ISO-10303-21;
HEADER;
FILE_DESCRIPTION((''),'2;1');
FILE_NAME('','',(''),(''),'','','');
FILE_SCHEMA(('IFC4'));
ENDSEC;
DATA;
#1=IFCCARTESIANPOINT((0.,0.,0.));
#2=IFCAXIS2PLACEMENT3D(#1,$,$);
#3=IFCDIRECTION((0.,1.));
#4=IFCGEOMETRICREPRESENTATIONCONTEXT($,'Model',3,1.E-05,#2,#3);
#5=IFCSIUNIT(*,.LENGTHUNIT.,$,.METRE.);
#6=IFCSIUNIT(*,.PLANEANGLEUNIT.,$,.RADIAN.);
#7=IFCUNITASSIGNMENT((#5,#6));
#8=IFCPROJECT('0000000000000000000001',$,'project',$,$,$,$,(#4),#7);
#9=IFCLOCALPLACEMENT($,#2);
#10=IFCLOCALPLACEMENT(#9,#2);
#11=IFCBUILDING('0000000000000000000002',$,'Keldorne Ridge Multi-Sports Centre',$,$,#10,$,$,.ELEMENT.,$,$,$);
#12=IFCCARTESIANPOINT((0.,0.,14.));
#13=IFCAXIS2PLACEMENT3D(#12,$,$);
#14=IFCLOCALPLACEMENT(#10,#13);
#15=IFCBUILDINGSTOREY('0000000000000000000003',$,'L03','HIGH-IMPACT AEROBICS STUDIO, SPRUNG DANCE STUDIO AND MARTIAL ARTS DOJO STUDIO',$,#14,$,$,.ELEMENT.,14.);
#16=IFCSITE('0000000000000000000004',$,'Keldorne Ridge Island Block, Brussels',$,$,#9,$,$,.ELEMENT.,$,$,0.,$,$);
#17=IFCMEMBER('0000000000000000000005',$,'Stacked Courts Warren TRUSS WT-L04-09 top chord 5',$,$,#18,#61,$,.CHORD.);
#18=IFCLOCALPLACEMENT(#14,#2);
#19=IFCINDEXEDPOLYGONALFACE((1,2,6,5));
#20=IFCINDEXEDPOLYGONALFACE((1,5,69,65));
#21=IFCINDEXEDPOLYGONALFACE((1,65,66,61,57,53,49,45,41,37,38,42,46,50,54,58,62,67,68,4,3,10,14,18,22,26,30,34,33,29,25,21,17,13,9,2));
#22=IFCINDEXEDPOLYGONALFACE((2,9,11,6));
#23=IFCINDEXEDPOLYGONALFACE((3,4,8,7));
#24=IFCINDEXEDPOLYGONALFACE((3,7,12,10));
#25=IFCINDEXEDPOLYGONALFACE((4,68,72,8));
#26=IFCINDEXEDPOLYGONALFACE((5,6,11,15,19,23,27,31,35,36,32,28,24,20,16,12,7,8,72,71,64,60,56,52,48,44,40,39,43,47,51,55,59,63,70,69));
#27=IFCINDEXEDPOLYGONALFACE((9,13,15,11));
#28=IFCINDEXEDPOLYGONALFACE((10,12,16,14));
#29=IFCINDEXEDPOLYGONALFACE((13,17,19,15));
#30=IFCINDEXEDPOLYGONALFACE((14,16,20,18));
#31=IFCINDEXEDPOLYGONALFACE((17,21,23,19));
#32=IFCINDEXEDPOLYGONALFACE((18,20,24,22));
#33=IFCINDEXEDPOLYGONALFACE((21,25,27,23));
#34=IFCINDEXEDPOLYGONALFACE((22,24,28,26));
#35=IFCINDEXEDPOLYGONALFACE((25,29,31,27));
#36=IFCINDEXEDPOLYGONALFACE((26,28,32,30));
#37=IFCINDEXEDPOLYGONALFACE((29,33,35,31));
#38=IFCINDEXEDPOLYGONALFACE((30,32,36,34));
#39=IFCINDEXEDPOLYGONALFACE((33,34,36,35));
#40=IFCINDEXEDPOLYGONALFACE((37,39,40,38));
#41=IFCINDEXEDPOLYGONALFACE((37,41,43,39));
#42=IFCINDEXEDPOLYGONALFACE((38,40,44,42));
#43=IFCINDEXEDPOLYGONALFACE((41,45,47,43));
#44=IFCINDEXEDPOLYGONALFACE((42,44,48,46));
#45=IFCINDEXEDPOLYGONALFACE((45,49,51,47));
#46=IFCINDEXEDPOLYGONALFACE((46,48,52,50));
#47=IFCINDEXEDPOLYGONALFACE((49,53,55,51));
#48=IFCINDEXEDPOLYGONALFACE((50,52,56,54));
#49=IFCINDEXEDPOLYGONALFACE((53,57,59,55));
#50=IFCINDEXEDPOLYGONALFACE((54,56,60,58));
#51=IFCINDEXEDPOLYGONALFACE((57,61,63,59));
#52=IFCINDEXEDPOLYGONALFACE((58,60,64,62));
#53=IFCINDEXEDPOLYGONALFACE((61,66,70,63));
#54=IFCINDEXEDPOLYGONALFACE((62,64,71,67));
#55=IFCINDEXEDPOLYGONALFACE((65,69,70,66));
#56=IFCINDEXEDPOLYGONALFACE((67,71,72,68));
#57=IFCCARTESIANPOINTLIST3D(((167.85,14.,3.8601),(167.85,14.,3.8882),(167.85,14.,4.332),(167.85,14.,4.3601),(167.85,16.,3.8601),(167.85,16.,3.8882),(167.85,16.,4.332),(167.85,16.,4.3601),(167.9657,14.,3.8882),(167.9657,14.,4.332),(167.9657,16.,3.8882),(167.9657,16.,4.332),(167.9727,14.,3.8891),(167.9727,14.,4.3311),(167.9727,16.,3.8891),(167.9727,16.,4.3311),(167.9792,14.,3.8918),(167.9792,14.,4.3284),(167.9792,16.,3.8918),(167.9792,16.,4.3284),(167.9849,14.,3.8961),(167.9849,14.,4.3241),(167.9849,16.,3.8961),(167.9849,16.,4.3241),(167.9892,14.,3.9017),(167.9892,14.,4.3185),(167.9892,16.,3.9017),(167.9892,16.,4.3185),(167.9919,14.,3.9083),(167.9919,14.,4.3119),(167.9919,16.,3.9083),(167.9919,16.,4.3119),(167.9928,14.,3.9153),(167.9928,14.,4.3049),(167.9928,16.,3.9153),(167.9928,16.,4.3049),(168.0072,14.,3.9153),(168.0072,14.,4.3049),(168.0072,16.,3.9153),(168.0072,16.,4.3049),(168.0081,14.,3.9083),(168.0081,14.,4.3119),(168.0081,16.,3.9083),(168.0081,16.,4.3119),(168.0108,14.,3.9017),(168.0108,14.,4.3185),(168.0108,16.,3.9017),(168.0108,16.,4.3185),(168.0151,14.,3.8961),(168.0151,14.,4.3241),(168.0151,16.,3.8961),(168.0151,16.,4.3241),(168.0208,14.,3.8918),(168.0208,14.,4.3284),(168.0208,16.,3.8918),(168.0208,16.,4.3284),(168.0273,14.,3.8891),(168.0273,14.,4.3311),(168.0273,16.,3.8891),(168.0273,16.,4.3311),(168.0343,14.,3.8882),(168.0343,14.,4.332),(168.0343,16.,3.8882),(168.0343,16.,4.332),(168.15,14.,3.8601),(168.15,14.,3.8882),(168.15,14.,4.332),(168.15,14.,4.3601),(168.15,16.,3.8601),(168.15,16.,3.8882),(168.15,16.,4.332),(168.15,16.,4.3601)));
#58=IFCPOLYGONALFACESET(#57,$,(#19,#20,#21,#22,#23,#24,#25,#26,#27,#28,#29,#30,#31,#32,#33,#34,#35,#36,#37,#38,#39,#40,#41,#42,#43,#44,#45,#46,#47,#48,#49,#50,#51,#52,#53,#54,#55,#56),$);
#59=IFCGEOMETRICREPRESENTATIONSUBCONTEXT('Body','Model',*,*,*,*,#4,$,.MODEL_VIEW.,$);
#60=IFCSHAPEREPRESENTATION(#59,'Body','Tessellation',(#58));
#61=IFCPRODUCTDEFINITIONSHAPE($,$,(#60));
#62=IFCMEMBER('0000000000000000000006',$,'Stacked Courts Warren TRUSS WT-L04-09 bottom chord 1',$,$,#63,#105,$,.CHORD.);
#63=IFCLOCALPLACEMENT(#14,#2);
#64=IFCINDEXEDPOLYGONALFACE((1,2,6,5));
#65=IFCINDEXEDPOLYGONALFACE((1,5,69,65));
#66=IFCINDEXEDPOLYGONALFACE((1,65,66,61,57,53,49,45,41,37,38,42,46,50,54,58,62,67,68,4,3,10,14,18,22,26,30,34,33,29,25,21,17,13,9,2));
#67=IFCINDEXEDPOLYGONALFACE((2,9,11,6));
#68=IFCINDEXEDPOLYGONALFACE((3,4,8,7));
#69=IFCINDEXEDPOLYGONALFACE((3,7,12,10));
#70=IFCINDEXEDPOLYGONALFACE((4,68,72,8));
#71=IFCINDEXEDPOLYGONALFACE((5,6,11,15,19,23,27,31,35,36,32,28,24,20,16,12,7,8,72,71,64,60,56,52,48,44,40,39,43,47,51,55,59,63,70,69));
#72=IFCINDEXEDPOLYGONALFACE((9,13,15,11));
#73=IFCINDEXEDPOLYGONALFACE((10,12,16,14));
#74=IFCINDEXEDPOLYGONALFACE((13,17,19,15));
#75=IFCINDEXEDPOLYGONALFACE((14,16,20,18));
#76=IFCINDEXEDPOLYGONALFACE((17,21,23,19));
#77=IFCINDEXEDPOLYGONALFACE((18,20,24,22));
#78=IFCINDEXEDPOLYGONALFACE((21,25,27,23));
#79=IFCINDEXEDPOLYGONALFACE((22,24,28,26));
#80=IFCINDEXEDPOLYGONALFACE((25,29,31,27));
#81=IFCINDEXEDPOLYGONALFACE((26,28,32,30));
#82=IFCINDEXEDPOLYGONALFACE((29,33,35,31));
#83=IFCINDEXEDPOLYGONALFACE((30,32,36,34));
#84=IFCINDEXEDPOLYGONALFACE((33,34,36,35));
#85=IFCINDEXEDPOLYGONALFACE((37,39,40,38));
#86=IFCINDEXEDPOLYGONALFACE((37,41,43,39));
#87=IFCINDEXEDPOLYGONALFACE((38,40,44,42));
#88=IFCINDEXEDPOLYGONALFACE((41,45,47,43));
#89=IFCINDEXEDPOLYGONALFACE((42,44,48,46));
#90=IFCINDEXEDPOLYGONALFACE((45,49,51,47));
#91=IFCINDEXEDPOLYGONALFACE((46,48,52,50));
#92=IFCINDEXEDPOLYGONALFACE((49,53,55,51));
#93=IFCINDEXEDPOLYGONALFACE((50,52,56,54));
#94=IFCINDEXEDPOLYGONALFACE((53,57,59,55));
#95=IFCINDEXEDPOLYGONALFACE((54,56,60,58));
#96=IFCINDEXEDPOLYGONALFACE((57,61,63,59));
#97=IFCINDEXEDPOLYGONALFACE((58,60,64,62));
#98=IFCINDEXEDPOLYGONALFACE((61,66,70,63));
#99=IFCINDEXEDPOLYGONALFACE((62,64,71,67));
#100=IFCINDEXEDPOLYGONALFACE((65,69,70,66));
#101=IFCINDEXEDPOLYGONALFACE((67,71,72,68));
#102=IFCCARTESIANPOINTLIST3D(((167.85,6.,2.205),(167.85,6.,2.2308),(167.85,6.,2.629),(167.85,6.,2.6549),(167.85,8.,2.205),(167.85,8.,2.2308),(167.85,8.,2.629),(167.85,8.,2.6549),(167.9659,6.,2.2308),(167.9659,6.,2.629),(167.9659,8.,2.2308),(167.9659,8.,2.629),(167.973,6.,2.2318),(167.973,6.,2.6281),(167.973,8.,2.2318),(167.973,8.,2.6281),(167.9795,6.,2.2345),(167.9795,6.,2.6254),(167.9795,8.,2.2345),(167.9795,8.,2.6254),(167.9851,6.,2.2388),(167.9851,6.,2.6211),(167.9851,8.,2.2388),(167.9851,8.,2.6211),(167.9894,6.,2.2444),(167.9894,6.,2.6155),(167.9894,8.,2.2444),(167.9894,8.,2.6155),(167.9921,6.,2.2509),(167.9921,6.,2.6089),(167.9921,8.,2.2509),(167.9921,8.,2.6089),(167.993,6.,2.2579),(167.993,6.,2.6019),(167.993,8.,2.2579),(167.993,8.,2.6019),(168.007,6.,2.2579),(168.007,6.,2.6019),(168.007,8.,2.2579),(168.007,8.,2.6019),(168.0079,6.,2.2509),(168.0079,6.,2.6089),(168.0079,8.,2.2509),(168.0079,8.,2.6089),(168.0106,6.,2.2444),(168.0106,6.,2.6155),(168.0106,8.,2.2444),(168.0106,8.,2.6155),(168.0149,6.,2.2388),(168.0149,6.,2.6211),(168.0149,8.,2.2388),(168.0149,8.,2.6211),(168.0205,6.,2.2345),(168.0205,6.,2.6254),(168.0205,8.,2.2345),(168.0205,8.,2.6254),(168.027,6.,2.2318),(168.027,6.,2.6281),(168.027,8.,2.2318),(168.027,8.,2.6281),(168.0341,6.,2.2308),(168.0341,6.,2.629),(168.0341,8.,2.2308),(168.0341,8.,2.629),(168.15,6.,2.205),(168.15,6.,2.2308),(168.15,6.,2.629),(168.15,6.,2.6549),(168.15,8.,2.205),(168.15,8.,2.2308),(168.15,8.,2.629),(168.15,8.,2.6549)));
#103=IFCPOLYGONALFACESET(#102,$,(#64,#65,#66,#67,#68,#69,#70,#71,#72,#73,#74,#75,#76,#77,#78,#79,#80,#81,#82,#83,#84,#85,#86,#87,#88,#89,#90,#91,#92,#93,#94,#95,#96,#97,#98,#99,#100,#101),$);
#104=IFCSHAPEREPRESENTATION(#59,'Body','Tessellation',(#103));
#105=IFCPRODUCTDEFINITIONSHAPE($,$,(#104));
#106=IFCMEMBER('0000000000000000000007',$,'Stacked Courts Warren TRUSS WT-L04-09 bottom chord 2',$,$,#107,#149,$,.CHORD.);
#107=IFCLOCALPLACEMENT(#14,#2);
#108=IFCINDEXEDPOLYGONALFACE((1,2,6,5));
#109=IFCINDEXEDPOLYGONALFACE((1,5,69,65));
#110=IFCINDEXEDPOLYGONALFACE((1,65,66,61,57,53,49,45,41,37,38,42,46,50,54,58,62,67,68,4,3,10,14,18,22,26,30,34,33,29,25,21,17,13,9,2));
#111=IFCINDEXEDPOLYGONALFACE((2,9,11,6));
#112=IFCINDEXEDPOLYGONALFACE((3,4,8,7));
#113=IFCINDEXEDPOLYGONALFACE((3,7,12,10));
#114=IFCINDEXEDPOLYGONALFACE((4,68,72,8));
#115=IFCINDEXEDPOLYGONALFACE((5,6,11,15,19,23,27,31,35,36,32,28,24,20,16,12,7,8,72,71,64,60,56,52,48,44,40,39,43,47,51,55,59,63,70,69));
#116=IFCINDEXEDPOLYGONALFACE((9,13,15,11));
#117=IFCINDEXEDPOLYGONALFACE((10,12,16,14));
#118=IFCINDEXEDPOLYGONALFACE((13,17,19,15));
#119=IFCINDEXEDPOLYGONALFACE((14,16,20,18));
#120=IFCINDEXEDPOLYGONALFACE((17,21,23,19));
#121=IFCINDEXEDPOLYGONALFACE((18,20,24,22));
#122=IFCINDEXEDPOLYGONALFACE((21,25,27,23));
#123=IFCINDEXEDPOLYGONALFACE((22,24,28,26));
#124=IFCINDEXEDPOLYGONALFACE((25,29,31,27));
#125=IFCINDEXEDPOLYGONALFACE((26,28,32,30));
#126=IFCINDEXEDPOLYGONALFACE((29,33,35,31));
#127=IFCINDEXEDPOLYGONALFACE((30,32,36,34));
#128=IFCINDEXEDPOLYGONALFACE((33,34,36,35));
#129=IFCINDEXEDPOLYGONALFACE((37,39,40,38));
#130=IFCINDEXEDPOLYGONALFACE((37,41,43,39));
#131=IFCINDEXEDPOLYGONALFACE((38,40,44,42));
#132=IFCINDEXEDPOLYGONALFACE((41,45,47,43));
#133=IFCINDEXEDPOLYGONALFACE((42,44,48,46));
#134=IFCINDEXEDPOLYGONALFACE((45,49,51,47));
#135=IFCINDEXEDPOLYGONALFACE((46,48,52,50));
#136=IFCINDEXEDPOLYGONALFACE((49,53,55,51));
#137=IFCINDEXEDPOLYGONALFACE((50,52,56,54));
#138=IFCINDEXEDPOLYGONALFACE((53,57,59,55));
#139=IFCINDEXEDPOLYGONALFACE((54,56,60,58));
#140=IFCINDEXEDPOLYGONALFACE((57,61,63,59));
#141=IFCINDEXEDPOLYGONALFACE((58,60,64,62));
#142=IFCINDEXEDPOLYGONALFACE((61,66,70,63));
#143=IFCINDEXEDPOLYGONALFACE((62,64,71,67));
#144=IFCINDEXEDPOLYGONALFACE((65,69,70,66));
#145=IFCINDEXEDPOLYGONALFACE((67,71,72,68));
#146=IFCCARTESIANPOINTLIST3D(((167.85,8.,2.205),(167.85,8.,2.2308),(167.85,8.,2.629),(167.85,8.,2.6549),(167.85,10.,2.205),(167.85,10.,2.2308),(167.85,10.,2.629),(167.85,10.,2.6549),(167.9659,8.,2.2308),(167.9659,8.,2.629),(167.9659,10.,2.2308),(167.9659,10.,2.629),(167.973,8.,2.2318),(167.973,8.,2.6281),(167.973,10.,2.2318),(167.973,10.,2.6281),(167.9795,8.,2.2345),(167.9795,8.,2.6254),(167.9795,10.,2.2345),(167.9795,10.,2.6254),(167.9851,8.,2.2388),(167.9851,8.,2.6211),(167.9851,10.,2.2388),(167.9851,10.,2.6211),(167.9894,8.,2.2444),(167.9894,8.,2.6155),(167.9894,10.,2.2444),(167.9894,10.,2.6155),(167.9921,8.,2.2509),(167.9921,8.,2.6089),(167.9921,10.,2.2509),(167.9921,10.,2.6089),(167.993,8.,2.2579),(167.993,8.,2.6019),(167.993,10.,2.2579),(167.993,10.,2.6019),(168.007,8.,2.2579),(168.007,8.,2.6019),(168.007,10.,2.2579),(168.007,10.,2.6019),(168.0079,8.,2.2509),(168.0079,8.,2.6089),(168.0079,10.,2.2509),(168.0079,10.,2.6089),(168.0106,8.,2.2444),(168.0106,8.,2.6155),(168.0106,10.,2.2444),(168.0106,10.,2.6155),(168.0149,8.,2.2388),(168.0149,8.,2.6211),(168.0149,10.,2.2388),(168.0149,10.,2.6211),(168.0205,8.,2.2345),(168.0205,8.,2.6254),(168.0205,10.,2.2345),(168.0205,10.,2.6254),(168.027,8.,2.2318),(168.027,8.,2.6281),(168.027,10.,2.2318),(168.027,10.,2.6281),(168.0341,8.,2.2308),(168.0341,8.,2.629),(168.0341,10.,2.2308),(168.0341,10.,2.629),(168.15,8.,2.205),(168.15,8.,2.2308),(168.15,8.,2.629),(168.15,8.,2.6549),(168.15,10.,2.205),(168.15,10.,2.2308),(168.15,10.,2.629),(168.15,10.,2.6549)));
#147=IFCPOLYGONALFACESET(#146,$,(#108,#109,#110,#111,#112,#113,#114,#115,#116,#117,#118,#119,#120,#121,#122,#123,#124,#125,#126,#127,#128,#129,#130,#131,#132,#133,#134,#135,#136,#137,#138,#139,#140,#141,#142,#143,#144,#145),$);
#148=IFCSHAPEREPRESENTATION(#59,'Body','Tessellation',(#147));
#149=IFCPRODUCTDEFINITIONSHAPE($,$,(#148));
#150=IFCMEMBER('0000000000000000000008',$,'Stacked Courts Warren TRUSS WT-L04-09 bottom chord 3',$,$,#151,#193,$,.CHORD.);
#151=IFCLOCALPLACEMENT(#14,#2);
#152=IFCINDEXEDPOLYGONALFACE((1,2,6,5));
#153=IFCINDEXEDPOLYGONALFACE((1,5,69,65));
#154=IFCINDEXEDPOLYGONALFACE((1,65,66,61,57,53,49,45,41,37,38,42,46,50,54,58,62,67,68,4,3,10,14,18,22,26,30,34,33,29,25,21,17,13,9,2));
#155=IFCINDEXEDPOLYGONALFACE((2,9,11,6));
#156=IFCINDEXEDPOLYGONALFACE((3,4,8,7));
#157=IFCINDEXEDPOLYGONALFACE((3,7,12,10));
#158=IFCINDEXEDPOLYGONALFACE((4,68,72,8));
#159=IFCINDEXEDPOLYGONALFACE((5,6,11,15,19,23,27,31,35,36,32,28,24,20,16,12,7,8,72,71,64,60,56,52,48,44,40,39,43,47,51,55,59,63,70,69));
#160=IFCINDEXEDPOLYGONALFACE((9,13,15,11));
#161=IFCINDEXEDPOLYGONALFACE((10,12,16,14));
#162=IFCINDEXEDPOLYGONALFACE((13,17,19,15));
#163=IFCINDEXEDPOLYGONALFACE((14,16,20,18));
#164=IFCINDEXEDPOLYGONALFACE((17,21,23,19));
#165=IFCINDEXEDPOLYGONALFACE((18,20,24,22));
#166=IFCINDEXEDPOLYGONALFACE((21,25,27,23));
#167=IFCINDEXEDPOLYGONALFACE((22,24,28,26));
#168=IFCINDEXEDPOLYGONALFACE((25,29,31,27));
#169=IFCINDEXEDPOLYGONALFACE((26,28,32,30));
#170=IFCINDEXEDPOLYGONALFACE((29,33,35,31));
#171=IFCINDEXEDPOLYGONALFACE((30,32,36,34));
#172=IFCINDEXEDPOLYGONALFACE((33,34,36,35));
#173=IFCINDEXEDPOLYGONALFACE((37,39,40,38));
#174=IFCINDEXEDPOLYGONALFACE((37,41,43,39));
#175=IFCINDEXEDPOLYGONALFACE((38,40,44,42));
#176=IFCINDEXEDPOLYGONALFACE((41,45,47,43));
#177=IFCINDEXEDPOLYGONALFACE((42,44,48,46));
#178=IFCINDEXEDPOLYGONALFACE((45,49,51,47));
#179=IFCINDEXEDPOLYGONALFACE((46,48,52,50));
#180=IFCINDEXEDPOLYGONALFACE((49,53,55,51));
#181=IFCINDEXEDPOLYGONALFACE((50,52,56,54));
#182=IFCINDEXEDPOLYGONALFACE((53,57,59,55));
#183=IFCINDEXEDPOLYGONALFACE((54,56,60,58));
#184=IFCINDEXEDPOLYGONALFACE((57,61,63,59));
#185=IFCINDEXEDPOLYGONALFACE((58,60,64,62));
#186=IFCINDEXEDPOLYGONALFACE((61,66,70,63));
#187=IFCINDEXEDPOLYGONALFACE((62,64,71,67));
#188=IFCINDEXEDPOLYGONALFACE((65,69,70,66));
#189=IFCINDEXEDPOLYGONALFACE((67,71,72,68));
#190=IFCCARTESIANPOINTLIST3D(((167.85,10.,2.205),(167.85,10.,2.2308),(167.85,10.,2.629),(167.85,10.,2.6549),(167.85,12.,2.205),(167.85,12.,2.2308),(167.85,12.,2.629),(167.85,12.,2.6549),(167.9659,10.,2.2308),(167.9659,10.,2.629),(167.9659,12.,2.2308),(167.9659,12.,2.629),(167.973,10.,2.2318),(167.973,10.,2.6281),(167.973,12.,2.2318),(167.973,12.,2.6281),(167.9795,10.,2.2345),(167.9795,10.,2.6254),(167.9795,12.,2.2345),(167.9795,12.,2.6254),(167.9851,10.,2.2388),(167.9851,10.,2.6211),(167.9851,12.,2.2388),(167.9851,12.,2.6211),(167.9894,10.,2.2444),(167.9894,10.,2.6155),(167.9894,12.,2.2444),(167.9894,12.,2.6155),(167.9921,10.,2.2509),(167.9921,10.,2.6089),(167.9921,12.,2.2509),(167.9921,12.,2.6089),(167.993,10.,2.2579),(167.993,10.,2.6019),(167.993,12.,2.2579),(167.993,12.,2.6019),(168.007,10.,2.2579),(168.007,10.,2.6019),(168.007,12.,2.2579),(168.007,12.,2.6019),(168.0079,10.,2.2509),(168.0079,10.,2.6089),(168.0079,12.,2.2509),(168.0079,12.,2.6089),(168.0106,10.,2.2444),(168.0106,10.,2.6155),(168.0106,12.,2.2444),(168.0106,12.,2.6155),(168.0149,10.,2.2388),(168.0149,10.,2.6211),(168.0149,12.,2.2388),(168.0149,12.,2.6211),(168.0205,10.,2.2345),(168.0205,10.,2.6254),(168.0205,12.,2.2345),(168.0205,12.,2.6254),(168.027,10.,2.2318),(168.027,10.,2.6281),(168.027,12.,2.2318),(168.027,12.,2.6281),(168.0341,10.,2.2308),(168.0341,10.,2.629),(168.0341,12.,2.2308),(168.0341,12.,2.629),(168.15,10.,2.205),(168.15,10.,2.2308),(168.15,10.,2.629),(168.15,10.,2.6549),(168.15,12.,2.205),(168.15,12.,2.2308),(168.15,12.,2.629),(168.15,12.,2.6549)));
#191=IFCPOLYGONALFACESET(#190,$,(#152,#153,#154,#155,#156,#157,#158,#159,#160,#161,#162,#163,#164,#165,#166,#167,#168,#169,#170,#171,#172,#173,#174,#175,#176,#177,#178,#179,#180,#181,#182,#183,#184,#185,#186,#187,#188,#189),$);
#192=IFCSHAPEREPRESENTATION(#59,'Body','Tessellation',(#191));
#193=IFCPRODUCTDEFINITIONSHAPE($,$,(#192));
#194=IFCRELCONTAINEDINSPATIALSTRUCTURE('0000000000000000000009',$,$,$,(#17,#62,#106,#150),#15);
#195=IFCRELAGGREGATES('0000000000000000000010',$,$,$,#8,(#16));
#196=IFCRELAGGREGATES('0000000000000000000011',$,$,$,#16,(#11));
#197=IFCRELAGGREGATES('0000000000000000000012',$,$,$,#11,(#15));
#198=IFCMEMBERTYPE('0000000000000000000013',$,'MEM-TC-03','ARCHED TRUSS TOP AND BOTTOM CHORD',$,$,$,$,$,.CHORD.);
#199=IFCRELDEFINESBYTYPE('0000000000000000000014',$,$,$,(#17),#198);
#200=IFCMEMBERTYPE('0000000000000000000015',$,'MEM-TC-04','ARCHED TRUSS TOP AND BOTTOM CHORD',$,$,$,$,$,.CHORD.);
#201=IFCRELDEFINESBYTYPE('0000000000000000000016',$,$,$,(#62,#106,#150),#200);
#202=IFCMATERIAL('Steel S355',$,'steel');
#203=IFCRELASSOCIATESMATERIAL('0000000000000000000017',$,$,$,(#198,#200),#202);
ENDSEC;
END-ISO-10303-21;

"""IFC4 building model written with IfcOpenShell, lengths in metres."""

from ifc_helpers import new_model, si_unit, direction, frame, origin, origin_2d, place, context, subcontext, project, spatial, i_section, extrude, material, material_profile, profile_set, type_object, element, save


model = new_model("IFC4")

# Units and contexts
model_context = context("Model", 3, precision=1e-05, world=origin(), true_north=direction((0.0, 1.0)))
body_context = subcontext(model_context, "Body", "Model", "MODEL_VIEW")
ifc_project = project(units=[si_unit("LENGTHUNIT", "METRE"), si_unit("PLANEANGLEUNIT", "RADIAN")], contexts=[model_context])

# Site, building, storey
site_placement = place(None, origin())
site = spatial("IfcSite", under=ifc_project, at=site_placement, Name="Keldorne Ridge Island Block, Brussels", CompositionType="ELEMENT", RefElevation=0.0)
building_placement = place(site_placement, origin())
building = spatial("IfcBuilding", under=site, at=building_placement, Name="Keldorne Ridge Multi-Sports Centre", CompositionType="ELEMENT")
storey_placement = place(building_placement, frame((0.0, 0.0, 14.0)))
storey = spatial("IfcBuildingStorey", under=building, at=storey_placement, Name="L03", Description="HIGH-IMPACT AEROBICS STUDIO, SPRUNG DANCE STUDIO AND MARTIAL ARTS DOJO STUDIO", CompositionType="ELEMENT", Elevation=14.0)

# Shared definitions
ifc_material_1 = material(Name="Steel S355", Category="steel")

# Members
ifc_material_profile_1 = material_profile(ifc_material_1, i_section(OverallWidth=0.3, OverallDepth=0.5, WebThickness=0.0144, FlangeThickness=0.0281, FilletRadius=0.0271, at=origin_2d()), Name="HEB 500")
ifc_profile_set_1 = profile_set([ifc_material_profile_1], Name="Steel S355")
member_type_1 = type_object("IfcMemberType", Name="MEM-TC-03", Description="ARCHED TRUSS TOP AND BOTTOM CHORD", PredefinedType="CHORD", material=ifc_profile_set_1)
for number, where, z_axis, x_axis, name in (
    (1, (168.0, 14.0, 4.1101), (0.0, 1.0, 0.0), (-1.0, 0.0, 0.0), "Stacked Courts Warren TRUSS WT-L04-09 top chord 5"),
):
    element("IfcMember", number, at=place(storey_placement, frame(where, z_axis=z_axis, x_axis=x_axis)), inside=storey, type_object=member_type_1, Name=name, PredefinedType="CHORD", context=body_context, shape_type="SweptSolid", body=[
        extrude(i_section(OverallWidth=0.3, OverallDepth=0.5, WebThickness=0.0144, FlangeThickness=0.0281, FilletRadius=0.0271, at=origin_2d()), origin(), (0.0, 0.0, 1.0), 2.0),
    ])
ifc_material_profile_2 = material_profile(ifc_material_1, i_section(OverallWidth=0.3, OverallDepth=0.45, WebThickness=0.0139, FlangeThickness=0.0259, FilletRadius=0.0271, at=origin_2d()), Name="HEB 450")
ifc_profile_set_2 = profile_set([ifc_material_profile_2], Name="Steel S355")
member_type_2 = type_object("IfcMemberType", Name="MEM-TC-04", Description="ARCHED TRUSS TOP AND BOTTOM CHORD", PredefinedType="CHORD", material=ifc_profile_set_2)
for number, where, z_axis, x_axis, name in (
    (2, (168.0, 6.0, 2.4299), (0.0, 1.0, 0.0), (-1.0, 0.0, 0.0), "Stacked Courts Warren TRUSS WT-L04-09 bottom chord 1"),
    (3, (168.0, 8.0, 2.4299), (0.0, 1.0, 0.0), (-1.0, 0.0, 0.0), "Stacked Courts Warren TRUSS WT-L04-09 bottom chord 2"),
    (4, (168.0, 10.0, 2.4299), (0.0, 1.0, 0.0), (-1.0, 0.0, 0.0), "Stacked Courts Warren TRUSS WT-L04-09 bottom chord 3"),
):
    element("IfcMember", number, at=place(storey_placement, frame(where, z_axis=z_axis, x_axis=x_axis)), inside=storey, type_object=member_type_2, Name=name, PredefinedType="CHORD", context=body_context, shape_type="SweptSolid", body=[
        extrude(i_section(OverallWidth=0.3, OverallDepth=0.45, WebThickness=0.0139, FlangeThickness=0.0259, FilletRadius=0.0271, at=origin_2d()), origin(), (0.0, 0.0, 1.0), 2.0),
    ])

save(model, "model.ifc")
